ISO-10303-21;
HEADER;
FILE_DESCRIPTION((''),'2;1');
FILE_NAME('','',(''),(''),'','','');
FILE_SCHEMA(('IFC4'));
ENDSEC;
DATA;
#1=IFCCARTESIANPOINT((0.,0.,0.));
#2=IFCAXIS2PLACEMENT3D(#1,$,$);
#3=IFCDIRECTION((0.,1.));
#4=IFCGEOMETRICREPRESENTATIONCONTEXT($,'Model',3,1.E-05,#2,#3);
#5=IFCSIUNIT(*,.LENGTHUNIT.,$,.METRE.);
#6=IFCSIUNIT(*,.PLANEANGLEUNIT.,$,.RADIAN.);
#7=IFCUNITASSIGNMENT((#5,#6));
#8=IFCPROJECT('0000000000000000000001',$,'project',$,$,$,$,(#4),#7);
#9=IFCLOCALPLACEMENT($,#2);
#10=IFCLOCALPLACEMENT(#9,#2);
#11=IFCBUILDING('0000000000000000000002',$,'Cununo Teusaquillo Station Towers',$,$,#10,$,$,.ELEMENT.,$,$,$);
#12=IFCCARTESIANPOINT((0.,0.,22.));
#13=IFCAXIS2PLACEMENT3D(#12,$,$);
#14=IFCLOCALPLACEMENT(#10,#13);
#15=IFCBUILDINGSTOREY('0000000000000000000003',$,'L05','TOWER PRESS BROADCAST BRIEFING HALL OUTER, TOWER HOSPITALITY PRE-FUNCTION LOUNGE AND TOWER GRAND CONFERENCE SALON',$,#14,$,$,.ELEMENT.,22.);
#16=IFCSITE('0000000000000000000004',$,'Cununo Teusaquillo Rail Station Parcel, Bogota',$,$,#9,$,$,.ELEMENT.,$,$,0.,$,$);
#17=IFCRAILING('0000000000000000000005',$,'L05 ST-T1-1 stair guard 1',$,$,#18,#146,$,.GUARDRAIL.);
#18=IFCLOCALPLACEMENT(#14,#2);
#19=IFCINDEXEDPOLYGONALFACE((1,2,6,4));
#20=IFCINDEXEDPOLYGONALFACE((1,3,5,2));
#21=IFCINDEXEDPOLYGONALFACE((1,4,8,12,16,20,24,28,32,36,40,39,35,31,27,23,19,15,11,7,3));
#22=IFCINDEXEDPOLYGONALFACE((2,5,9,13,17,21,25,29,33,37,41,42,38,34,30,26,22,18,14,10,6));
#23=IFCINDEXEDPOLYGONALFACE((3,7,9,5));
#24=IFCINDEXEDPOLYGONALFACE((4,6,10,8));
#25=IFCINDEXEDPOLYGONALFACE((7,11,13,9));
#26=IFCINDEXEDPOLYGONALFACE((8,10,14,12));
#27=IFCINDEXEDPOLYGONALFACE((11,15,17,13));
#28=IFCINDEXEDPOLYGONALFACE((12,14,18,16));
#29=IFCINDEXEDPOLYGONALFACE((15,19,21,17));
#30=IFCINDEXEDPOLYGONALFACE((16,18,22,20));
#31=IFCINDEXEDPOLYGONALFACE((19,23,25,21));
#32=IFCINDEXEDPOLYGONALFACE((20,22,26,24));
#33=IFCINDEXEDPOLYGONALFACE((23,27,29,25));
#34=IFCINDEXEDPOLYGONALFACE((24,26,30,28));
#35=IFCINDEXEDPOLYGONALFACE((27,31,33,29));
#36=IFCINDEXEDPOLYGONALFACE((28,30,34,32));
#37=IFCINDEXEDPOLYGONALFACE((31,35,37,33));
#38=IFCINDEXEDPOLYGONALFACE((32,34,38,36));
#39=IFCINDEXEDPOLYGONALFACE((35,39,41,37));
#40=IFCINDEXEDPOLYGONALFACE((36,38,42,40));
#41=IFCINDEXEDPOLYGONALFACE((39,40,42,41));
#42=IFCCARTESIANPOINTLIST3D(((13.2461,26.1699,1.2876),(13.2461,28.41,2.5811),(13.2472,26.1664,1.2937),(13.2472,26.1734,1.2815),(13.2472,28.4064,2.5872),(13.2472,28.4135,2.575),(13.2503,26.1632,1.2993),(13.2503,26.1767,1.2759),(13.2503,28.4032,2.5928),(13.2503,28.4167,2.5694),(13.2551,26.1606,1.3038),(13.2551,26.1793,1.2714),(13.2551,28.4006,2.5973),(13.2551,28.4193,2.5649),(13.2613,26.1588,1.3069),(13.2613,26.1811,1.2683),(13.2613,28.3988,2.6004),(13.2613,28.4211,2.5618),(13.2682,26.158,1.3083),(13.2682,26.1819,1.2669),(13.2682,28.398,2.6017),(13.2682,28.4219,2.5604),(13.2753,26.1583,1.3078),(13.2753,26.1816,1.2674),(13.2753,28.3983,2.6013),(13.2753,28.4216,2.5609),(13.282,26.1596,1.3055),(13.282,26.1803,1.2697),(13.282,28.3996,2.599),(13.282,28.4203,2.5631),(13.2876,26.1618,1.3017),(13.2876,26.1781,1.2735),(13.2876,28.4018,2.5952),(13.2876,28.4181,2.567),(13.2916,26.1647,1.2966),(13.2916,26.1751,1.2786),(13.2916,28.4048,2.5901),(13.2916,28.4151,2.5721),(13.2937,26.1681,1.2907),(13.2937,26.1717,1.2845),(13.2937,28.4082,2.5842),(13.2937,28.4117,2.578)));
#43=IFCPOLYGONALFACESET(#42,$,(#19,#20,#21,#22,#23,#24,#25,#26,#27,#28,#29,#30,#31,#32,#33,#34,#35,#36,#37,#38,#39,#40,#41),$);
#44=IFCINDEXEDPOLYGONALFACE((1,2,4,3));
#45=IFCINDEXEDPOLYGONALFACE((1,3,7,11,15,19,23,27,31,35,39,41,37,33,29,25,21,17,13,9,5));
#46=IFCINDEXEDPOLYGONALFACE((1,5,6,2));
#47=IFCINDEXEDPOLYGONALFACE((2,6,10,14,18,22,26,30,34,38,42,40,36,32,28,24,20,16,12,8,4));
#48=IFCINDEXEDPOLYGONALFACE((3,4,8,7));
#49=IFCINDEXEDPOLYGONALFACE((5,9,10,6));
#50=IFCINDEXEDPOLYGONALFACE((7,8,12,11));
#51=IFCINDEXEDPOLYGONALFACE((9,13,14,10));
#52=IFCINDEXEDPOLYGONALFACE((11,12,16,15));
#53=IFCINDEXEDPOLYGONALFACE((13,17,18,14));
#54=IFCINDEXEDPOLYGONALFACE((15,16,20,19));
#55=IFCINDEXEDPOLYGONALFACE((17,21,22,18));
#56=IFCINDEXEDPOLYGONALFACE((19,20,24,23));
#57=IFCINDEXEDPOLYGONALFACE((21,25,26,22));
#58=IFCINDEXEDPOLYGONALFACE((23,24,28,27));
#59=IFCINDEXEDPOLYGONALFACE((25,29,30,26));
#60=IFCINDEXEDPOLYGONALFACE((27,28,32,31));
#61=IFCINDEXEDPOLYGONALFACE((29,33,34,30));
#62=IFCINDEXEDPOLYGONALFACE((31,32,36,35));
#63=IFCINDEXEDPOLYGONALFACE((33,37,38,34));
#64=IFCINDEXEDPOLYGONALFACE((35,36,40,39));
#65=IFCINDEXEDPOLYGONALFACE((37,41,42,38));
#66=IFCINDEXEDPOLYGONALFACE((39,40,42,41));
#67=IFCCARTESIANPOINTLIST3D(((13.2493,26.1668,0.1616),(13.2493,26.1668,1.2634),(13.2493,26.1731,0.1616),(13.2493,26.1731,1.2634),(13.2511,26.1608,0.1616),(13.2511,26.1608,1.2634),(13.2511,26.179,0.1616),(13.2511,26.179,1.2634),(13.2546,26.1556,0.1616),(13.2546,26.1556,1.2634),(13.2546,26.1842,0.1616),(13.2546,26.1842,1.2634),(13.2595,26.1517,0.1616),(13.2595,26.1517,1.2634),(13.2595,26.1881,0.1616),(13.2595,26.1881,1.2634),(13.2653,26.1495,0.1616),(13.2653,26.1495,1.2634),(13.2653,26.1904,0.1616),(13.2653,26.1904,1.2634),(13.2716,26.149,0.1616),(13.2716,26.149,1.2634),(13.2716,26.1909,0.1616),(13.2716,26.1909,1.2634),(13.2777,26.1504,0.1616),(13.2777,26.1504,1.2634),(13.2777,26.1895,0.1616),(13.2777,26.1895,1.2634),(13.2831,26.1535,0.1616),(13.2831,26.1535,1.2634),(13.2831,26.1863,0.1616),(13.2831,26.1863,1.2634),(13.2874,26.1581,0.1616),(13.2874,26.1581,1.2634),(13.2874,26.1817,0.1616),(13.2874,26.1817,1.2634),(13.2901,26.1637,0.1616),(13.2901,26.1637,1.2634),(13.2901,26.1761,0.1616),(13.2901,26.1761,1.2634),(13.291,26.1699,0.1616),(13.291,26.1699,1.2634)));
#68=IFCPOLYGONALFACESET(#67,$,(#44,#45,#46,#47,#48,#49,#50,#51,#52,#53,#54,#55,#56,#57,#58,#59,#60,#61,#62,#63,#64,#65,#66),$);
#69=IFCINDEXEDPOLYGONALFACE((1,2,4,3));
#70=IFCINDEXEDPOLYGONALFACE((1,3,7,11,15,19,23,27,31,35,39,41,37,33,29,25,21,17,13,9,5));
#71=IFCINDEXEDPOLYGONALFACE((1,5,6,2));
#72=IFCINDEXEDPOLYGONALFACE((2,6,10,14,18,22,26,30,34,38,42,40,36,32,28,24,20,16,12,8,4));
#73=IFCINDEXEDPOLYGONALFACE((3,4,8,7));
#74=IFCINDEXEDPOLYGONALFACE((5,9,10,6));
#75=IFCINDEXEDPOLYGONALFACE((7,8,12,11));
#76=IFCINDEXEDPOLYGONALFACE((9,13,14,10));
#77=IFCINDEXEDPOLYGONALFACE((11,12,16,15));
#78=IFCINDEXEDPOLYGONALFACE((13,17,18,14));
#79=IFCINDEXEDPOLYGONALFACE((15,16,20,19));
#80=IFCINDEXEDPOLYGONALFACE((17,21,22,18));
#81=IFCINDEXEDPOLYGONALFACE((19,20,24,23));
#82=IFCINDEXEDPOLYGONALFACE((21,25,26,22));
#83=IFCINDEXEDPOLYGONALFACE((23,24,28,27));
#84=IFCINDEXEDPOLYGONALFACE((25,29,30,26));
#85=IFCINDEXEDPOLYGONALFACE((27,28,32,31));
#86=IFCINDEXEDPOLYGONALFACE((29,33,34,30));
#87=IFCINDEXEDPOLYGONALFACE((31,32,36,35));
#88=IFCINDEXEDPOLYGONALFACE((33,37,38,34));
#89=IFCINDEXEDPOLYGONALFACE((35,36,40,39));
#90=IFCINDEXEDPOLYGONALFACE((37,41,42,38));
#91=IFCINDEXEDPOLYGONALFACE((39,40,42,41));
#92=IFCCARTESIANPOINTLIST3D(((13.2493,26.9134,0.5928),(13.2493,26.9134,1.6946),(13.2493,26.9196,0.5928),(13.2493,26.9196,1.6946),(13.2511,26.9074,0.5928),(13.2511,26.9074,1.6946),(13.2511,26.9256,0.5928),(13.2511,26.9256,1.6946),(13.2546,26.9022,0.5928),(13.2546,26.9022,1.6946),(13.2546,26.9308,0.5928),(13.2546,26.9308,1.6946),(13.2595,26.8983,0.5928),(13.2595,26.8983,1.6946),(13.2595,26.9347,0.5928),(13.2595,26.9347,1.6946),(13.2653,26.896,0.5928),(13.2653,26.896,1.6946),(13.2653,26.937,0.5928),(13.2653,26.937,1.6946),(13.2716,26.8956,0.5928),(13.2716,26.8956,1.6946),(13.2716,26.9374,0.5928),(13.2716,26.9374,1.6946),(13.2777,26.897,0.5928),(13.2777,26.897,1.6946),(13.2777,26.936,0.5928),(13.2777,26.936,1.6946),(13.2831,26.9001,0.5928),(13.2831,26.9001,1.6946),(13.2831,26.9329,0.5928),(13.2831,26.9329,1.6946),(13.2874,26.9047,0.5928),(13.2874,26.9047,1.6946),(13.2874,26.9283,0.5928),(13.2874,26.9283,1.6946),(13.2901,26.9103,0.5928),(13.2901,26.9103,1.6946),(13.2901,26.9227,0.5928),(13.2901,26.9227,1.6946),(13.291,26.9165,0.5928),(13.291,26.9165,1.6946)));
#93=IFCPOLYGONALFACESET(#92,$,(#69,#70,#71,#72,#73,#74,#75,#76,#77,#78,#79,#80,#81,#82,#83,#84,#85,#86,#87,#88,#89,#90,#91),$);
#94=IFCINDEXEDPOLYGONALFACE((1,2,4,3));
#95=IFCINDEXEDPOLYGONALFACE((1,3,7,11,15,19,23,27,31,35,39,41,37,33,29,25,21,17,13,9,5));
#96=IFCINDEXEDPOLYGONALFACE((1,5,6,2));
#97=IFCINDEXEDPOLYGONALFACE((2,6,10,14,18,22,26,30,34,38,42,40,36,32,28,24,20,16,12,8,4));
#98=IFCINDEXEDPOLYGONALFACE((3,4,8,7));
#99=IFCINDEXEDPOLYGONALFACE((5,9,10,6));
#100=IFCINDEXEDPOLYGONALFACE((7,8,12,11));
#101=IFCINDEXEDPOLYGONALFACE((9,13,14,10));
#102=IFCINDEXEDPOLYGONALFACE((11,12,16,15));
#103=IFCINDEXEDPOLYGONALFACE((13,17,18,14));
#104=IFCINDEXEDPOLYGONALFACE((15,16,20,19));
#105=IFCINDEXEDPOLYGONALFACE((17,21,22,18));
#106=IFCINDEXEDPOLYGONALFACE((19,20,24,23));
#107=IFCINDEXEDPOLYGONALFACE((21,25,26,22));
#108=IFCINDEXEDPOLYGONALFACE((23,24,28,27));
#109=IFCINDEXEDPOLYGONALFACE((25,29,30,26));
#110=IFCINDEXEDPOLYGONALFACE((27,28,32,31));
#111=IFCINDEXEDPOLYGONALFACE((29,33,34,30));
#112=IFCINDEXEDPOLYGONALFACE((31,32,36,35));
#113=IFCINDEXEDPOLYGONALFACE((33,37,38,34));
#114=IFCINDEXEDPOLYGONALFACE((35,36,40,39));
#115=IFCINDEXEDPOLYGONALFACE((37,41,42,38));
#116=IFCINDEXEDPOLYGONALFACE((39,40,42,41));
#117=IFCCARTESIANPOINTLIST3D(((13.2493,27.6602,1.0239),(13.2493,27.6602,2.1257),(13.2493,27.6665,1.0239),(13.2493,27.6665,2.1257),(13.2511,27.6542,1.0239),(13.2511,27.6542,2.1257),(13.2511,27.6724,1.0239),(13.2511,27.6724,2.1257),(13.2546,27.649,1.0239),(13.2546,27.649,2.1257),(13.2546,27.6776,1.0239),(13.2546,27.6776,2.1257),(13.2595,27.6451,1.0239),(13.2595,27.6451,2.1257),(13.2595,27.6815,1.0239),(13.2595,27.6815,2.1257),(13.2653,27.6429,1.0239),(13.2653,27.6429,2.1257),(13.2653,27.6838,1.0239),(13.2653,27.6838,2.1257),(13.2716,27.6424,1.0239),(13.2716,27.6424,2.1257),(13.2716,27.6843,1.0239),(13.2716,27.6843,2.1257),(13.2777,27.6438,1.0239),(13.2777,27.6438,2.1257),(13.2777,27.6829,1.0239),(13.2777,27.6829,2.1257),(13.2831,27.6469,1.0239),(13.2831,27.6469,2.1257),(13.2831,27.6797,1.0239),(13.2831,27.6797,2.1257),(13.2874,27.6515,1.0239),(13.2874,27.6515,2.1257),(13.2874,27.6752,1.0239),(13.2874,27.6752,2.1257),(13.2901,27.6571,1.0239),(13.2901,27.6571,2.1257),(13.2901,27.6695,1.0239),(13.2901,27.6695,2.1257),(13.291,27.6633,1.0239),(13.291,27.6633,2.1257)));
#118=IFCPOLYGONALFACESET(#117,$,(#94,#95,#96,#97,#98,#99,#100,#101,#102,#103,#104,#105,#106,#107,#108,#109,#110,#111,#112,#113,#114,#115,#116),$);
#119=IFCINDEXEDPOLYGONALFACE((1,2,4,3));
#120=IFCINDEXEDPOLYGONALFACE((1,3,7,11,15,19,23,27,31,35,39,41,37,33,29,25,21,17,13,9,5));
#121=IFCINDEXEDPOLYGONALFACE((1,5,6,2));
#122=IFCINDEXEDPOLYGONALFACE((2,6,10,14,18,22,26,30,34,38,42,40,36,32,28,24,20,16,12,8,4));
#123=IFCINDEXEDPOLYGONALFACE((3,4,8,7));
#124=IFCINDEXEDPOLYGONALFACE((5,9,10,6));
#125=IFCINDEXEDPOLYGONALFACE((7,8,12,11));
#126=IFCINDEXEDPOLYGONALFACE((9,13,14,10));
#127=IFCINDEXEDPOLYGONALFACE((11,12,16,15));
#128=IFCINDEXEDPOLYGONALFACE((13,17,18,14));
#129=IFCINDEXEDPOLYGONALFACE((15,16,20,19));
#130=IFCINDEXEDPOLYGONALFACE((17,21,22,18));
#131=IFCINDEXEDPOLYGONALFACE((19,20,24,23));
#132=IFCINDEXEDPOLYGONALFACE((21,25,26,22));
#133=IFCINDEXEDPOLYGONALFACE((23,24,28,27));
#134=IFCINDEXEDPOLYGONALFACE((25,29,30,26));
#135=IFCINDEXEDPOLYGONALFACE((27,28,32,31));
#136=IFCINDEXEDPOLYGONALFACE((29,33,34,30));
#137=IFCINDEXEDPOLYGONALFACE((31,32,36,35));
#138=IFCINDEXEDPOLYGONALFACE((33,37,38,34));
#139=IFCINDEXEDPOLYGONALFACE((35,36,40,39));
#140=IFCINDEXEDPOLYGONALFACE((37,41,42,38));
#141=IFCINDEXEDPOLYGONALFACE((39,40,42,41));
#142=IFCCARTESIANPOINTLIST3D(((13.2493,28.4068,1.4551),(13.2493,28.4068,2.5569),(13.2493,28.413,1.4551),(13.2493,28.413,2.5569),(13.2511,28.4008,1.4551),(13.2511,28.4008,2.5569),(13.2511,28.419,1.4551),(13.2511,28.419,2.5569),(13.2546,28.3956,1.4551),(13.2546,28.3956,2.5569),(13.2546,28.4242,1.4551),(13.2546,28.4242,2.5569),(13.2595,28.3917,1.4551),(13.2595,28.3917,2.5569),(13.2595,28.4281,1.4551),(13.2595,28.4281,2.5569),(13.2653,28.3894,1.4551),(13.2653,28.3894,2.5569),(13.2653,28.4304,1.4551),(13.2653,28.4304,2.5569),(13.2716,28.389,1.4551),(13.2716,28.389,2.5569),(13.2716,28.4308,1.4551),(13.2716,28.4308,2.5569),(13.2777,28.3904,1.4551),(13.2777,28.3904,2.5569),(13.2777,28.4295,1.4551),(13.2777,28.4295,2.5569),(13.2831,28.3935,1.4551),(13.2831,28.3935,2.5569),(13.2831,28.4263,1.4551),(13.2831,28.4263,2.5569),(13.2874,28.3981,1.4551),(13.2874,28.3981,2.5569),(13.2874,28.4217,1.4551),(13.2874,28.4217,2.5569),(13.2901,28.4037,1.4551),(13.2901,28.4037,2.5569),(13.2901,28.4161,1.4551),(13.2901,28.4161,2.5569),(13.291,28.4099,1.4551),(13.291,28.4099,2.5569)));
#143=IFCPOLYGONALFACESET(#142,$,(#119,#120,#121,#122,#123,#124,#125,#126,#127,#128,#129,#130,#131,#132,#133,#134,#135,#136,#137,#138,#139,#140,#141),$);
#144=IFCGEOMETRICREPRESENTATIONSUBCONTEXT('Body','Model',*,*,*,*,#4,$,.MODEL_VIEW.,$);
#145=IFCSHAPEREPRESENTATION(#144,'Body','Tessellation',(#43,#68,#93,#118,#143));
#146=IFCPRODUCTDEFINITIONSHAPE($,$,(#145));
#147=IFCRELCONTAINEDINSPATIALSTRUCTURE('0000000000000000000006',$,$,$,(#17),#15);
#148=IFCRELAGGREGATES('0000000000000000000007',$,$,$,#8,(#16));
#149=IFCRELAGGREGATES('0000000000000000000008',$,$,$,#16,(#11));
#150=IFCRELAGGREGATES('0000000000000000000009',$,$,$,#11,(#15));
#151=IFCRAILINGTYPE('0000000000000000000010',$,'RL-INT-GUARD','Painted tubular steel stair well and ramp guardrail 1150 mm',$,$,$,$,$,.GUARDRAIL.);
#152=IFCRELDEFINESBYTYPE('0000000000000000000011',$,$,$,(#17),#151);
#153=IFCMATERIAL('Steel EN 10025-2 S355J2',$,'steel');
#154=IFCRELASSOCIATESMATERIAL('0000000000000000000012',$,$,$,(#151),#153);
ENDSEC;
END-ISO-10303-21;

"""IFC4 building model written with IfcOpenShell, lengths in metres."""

from ifc_helpers import new_model, si_unit, direction, frame, origin, origin_2d, place, context, subcontext, project, spatial, circle, extrude, material, type_object, element, save


model = new_model("IFC4")

# Units and contexts
model_context = context("Model", 3, precision=1e-05, world=origin(), true_north=direction((0.0, 1.0)))
body_context = subcontext(model_context, "Body", "Model", "MODEL_VIEW")
ifc_project = project(units=[si_unit("LENGTHUNIT", "METRE"), si_unit("PLANEANGLEUNIT", "RADIAN")], contexts=[model_context])

# Site, building, storey
site_placement = place(None, origin())
site = spatial("IfcSite", under=ifc_project, at=site_placement, Name="Cununo Teusaquillo Rail Station Parcel, Bogota", CompositionType="ELEMENT", RefElevation=0.0)
building_placement = place(site_placement, origin())
building = spatial("IfcBuilding", under=site, at=building_placement, Name="Cununo Teusaquillo Station Towers", CompositionType="ELEMENT")
storey_placement = place(building_placement, frame((0.0, 0.0, 22.0)))
storey = spatial("IfcBuildingStorey", under=building, at=storey_placement, Name="L05", Description="TOWER PRESS BROADCAST BRIEFING HALL OUTER, TOWER HOSPITALITY PRE-FUNCTION LOUNGE AND TOWER GRAND CONFERENCE SALON", CompositionType="ELEMENT", Elevation=22.0)

# Railing
ifc_material_1 = material(Name="Steel EN 10025-2 S355J2", Category="steel")
railing_type_1 = type_object("IfcRailingType", Name="RL-INT-GUARD", Description="Painted tubular steel stair well and ramp guardrail 1150 mm", PredefinedType="GUARDRAIL", material=ifc_material_1)
railing_1_placement = place(storey_placement, frame((13.27, 26.1699, 0.1616)))
element("IfcRailing", 1, at=railing_1_placement, inside=storey, type_object=railing_type_1, Name="L05 ST-T1-1 stair guard 1", PredefinedType="GUARDRAIL", context=body_context, shape_type="SweptSolid", body=[
    extrude(circle(Radius=0.0239, at=origin_2d()), frame((0.0, 0.0, 1.126), z_axis=(0.0, 0.865992, 0.500057), x_axis=(-1.0, 0.0, 0.0)), (0.0, 0.0, 1.0), 2.5867),
    extrude(circle(Radius=0.021, at=origin_2d()), origin(), (0.0, 0.0, 1.0), 1.1018),
    extrude(circle(Radius=0.021, at=origin_2d()), frame((0.0, 0.7466, 0.4312)), (0.0, 0.0, 1.0), 1.1018),
    extrude(circle(Radius=0.021, at=origin_2d()), frame((0.0, 1.4934, 0.8623)), (0.0, 0.0, 1.0), 1.1018),
    extrude(circle(Radius=0.021, at=origin_2d()), frame((0.0, 2.24, 1.2935)), (0.0, 0.0, 1.0), 1.1018),
])

save(model, "model.ifc")
